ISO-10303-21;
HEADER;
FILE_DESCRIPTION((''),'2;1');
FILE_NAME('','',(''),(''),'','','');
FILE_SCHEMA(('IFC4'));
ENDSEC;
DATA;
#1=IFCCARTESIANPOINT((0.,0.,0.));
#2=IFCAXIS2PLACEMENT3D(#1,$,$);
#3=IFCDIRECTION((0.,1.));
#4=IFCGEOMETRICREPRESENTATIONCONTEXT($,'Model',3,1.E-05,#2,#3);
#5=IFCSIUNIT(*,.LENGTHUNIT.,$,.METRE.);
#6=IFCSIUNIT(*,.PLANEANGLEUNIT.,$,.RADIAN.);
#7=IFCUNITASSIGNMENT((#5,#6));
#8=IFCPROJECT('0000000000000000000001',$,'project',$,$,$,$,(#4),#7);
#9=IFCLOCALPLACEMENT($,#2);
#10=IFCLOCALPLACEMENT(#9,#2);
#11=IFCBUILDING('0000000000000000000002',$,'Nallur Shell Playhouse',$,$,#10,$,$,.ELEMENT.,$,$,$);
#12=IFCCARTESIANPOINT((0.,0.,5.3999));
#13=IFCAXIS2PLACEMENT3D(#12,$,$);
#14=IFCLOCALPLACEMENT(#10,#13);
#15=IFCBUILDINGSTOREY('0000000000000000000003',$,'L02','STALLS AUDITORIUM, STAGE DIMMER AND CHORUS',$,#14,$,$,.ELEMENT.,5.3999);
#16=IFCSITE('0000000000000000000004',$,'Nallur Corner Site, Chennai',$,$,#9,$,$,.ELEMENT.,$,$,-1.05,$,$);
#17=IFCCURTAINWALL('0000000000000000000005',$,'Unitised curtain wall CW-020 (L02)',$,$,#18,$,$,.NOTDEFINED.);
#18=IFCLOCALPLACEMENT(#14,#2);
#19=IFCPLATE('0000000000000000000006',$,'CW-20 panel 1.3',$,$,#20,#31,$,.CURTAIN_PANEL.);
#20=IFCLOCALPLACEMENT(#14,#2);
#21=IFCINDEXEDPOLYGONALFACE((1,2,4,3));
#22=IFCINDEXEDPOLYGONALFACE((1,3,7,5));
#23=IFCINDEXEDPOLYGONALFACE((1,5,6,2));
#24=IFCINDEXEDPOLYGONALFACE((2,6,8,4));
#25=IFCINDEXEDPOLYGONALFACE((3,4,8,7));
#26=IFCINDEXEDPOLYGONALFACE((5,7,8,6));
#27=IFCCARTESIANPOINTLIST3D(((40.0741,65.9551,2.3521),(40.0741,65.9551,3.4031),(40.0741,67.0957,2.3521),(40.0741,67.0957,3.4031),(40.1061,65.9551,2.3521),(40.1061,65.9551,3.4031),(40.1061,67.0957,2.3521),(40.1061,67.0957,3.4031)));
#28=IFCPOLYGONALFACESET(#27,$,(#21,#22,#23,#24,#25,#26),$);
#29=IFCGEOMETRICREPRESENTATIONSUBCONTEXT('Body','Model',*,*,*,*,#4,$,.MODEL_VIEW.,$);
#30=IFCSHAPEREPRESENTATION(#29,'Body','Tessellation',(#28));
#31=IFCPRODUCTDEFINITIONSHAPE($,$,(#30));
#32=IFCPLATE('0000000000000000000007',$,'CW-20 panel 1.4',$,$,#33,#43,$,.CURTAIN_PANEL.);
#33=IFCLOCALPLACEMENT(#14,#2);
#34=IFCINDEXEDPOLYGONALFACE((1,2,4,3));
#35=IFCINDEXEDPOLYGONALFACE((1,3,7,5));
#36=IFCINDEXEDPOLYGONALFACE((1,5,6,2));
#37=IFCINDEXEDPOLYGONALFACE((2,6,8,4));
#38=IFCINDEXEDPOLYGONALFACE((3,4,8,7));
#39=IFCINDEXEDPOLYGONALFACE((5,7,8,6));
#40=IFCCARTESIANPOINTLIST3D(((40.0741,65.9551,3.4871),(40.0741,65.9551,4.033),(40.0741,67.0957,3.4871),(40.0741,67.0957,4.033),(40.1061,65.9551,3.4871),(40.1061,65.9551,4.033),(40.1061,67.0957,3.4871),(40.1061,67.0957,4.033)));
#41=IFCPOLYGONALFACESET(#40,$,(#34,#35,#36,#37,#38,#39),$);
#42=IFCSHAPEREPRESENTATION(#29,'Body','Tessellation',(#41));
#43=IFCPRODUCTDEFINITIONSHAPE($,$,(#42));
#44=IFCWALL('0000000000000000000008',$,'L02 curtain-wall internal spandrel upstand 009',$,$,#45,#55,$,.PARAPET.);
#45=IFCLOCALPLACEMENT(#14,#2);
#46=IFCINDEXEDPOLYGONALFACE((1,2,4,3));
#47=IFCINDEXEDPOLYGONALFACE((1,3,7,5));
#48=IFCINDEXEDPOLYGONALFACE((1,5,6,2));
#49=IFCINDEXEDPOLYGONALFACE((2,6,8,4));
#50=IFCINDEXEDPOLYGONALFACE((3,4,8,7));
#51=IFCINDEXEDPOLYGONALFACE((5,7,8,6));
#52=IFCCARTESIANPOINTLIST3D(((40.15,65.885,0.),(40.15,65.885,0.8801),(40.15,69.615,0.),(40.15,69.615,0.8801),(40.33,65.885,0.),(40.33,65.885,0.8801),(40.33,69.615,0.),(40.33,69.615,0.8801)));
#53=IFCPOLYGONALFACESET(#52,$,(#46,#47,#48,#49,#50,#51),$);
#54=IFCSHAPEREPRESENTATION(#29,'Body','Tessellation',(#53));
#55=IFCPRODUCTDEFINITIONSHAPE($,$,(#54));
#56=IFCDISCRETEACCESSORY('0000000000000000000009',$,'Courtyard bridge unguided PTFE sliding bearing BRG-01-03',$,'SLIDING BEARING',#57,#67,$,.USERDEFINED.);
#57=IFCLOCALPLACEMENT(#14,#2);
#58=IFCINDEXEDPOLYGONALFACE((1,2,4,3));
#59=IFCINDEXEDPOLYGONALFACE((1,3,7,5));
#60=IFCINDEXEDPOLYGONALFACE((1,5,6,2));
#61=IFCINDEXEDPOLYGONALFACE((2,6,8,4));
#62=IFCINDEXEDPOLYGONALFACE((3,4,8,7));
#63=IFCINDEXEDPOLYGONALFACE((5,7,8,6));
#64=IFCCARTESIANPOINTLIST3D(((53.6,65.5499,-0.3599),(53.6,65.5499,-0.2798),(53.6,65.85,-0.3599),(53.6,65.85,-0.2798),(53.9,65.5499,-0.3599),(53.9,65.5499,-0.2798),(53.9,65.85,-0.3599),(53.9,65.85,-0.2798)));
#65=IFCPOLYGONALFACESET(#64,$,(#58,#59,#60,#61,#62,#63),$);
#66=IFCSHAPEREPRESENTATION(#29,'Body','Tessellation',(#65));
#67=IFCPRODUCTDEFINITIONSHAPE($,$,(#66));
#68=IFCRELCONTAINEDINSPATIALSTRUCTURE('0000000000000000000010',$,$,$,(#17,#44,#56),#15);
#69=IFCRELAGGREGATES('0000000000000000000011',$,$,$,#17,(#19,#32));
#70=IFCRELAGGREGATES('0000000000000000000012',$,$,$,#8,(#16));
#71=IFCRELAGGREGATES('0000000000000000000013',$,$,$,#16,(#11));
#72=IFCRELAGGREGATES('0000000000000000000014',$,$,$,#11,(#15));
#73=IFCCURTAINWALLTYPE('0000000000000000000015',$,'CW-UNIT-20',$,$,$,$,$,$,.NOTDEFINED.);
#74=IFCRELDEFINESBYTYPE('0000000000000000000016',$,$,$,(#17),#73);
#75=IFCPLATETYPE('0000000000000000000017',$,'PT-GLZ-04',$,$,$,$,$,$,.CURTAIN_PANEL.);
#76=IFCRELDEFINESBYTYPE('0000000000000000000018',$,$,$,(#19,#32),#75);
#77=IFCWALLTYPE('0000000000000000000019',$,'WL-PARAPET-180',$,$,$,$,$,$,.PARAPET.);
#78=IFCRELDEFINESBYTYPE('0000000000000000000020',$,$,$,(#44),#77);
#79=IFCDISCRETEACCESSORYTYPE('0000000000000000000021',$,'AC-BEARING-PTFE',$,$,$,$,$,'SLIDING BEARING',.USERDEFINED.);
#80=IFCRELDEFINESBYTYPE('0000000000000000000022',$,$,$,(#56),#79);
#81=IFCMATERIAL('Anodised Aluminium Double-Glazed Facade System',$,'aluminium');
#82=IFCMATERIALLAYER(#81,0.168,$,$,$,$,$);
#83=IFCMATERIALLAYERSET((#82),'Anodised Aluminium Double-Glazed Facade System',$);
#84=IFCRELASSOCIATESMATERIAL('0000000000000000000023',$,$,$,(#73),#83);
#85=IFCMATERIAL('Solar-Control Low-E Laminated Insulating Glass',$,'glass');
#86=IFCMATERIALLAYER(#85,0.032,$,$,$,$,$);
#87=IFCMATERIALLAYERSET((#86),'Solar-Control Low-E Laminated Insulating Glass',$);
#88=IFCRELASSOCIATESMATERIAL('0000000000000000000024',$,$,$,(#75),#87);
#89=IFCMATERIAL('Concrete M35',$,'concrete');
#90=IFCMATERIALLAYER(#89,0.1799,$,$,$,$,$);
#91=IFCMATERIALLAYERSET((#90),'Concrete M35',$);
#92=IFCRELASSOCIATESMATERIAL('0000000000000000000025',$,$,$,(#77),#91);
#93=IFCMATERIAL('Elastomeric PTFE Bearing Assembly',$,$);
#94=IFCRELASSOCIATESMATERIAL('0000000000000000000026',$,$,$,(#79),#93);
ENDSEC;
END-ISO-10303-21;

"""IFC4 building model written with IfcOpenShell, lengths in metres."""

from ifc_helpers import new_model, si_unit, direction, frame, frame_2d, origin, origin_2d, place, context, subcontext, project, spatial, rectangle, extrude, material, layer, layer_set, type_object, element, aggregate, save


model = new_model("IFC4")

# Units and contexts
model_context = context("Model", 3, precision=1e-05, world=origin(), true_north=direction((0.0, 1.0)))
body_context = subcontext(model_context, "Body", "Model", "MODEL_VIEW")
ifc_project = project(units=[si_unit("LENGTHUNIT", "METRE"), si_unit("PLANEANGLEUNIT", "RADIAN")], contexts=[model_context])

# Site, building, storey
site_placement = place(None, origin())
site = spatial("IfcSite", under=ifc_project, at=site_placement, Name="Nallur Corner Site, Chennai", CompositionType="ELEMENT", RefElevation=-1.05)
building_placement = place(site_placement, origin())
building = spatial("IfcBuilding", under=site, at=building_placement, Name="Nallur Shell Playhouse", CompositionType="ELEMENT")
storey_placement = place(building_placement, frame((0.0, 0.0, 5.3999)))
storey = spatial("IfcBuildingStorey", under=building, at=storey_placement, Name="L02", Description="STALLS AUDITORIUM, STAGE DIMMER AND CHORUS", CompositionType="ELEMENT", Elevation=5.3999)

# Shared definitions
ifc_material_1 = material(Name="Concrete M35", Category="concrete")

# Curtain wall
ifc_material_2 = material(Name="Anodised Aluminium Double-Glazed Facade System", Category="aluminium")
ifc_layer_1 = layer(ifc_material_2, 0.168)
ifc_layer_set_1 = layer_set([ifc_layer_1], Name="Anodised Aluminium Double-Glazed Facade System")
curtain_wall_type_1 = type_object("IfcCurtainWallType", Name="CW-UNIT-20", PredefinedType="NOTDEFINED", material=ifc_layer_set_1)
curtain_wall_1_placement = place(storey_placement, origin())
curtain_wall_1 = element("IfcCurtainWall", 1, at=curtain_wall_1_placement, inside=storey, type_object=curtain_wall_type_1, Name="Unitised curtain wall CW-020 (L02)", PredefinedType="NOTDEFINED")

# Plates
ifc_material_3 = material(Name="Solar-Control Low-E Laminated Insulating Glass", Category="glass")
ifc_layer_2 = layer(ifc_material_3, 0.032)
ifc_layer_set_2 = layer_set([ifc_layer_2], Name="Solar-Control Low-E Laminated Insulating Glass")
plate_type_1 = type_object("IfcPlateType", Name="PT-GLZ-04", PredefinedType="CURTAIN_PANEL", material=ifc_layer_set_2)
plate_1_placement = place(storey_placement, frame((40.0901, 66.5254, 2.3521), z_axis=(0.0, 0.0, 1.0), x_axis=(0.0, 1.0, 0.0)))
plate_1 = element("IfcPlate", 2, at=plate_1_placement, type_object=plate_type_1, Name="CW-20 panel 1.3", PredefinedType="CURTAIN_PANEL", context=body_context, shape_type="SweptSolid", body=[
    extrude(rectangle(XDim=1.1406, YDim=0.032, at=origin_2d()), origin(), (0.0, 0.0, 1.0), 1.051),
])
plate_2_placement = place(storey_placement, frame((40.0901, 66.5254, 3.4871), z_axis=(0.0, 0.0, 1.0), x_axis=(0.0, 1.0, 0.0)))
plate_2 = element("IfcPlate", 3, at=plate_2_placement, type_object=plate_type_1, Name="CW-20 panel 1.4", PredefinedType="CURTAIN_PANEL", context=body_context, shape_type="SweptSolid", body=[
    extrude(rectangle(XDim=1.1406, YDim=0.032, at=origin_2d()), origin(), (0.0, 0.0, 1.0), 0.5459),
])
aggregate(curtain_wall_1, [plate_1, plate_2])

# Wall
ifc_layer_3 = layer(ifc_material_1, 0.1799)
ifc_layer_set_3 = layer_set([ifc_layer_3], Name="Concrete M35")
wall_type = type_object("IfcWallType", Name="WL-PARAPET-180", PredefinedType="PARAPET", material=ifc_layer_set_3)
wall_placement = place(storey_placement, frame((40.24, 65.885, 0.0), z_axis=(0.0, 0.0, 1.0), x_axis=(0.0, 1.0, 0.0)))
element("IfcWall", 4, at=wall_placement, inside=storey, type_object=wall_type, Name="L02 curtain-wall internal spandrel upstand 009", PredefinedType="PARAPET", context=body_context, shape_type="SweptSolid", body=[
    extrude(rectangle(XDim=3.73, YDim=0.1799, at=frame_2d((1.865, 0.0))), origin(), (0.0, 0.0, 1.0), 0.8801),
])

# Discrete accessory
ifc_material_4 = material(Name="Elastomeric PTFE Bearing Assembly")
discrete_accessory_type = type_object("IfcDiscreteAccessoryType", Name="AC-BEARING-PTFE", ElementType="SLIDING BEARING", PredefinedType="USERDEFINED", material=ifc_material_4)
discrete_accessory_placement = place(storey_placement, frame((53.75, 65.7, -0.3599), z_axis=(0.0, 0.0, 1.0), x_axis=(1.0, 0.0, 0.0)))
element("IfcDiscreteAccessory", 5, at=discrete_accessory_placement, inside=storey, type_object=discrete_accessory_type, Name="Courtyard bridge unguided PTFE sliding bearing BRG-01-03", ObjectType="SLIDING BEARING", PredefinedType="USERDEFINED", context=body_context, shape_type="SweptSolid", body=[
    extrude(rectangle(XDim=0.3, YDim=0.3, at=origin_2d()), origin(), (0.0, 0.0, 1.0), 0.0801),
])

save(model, "model.ifc")
